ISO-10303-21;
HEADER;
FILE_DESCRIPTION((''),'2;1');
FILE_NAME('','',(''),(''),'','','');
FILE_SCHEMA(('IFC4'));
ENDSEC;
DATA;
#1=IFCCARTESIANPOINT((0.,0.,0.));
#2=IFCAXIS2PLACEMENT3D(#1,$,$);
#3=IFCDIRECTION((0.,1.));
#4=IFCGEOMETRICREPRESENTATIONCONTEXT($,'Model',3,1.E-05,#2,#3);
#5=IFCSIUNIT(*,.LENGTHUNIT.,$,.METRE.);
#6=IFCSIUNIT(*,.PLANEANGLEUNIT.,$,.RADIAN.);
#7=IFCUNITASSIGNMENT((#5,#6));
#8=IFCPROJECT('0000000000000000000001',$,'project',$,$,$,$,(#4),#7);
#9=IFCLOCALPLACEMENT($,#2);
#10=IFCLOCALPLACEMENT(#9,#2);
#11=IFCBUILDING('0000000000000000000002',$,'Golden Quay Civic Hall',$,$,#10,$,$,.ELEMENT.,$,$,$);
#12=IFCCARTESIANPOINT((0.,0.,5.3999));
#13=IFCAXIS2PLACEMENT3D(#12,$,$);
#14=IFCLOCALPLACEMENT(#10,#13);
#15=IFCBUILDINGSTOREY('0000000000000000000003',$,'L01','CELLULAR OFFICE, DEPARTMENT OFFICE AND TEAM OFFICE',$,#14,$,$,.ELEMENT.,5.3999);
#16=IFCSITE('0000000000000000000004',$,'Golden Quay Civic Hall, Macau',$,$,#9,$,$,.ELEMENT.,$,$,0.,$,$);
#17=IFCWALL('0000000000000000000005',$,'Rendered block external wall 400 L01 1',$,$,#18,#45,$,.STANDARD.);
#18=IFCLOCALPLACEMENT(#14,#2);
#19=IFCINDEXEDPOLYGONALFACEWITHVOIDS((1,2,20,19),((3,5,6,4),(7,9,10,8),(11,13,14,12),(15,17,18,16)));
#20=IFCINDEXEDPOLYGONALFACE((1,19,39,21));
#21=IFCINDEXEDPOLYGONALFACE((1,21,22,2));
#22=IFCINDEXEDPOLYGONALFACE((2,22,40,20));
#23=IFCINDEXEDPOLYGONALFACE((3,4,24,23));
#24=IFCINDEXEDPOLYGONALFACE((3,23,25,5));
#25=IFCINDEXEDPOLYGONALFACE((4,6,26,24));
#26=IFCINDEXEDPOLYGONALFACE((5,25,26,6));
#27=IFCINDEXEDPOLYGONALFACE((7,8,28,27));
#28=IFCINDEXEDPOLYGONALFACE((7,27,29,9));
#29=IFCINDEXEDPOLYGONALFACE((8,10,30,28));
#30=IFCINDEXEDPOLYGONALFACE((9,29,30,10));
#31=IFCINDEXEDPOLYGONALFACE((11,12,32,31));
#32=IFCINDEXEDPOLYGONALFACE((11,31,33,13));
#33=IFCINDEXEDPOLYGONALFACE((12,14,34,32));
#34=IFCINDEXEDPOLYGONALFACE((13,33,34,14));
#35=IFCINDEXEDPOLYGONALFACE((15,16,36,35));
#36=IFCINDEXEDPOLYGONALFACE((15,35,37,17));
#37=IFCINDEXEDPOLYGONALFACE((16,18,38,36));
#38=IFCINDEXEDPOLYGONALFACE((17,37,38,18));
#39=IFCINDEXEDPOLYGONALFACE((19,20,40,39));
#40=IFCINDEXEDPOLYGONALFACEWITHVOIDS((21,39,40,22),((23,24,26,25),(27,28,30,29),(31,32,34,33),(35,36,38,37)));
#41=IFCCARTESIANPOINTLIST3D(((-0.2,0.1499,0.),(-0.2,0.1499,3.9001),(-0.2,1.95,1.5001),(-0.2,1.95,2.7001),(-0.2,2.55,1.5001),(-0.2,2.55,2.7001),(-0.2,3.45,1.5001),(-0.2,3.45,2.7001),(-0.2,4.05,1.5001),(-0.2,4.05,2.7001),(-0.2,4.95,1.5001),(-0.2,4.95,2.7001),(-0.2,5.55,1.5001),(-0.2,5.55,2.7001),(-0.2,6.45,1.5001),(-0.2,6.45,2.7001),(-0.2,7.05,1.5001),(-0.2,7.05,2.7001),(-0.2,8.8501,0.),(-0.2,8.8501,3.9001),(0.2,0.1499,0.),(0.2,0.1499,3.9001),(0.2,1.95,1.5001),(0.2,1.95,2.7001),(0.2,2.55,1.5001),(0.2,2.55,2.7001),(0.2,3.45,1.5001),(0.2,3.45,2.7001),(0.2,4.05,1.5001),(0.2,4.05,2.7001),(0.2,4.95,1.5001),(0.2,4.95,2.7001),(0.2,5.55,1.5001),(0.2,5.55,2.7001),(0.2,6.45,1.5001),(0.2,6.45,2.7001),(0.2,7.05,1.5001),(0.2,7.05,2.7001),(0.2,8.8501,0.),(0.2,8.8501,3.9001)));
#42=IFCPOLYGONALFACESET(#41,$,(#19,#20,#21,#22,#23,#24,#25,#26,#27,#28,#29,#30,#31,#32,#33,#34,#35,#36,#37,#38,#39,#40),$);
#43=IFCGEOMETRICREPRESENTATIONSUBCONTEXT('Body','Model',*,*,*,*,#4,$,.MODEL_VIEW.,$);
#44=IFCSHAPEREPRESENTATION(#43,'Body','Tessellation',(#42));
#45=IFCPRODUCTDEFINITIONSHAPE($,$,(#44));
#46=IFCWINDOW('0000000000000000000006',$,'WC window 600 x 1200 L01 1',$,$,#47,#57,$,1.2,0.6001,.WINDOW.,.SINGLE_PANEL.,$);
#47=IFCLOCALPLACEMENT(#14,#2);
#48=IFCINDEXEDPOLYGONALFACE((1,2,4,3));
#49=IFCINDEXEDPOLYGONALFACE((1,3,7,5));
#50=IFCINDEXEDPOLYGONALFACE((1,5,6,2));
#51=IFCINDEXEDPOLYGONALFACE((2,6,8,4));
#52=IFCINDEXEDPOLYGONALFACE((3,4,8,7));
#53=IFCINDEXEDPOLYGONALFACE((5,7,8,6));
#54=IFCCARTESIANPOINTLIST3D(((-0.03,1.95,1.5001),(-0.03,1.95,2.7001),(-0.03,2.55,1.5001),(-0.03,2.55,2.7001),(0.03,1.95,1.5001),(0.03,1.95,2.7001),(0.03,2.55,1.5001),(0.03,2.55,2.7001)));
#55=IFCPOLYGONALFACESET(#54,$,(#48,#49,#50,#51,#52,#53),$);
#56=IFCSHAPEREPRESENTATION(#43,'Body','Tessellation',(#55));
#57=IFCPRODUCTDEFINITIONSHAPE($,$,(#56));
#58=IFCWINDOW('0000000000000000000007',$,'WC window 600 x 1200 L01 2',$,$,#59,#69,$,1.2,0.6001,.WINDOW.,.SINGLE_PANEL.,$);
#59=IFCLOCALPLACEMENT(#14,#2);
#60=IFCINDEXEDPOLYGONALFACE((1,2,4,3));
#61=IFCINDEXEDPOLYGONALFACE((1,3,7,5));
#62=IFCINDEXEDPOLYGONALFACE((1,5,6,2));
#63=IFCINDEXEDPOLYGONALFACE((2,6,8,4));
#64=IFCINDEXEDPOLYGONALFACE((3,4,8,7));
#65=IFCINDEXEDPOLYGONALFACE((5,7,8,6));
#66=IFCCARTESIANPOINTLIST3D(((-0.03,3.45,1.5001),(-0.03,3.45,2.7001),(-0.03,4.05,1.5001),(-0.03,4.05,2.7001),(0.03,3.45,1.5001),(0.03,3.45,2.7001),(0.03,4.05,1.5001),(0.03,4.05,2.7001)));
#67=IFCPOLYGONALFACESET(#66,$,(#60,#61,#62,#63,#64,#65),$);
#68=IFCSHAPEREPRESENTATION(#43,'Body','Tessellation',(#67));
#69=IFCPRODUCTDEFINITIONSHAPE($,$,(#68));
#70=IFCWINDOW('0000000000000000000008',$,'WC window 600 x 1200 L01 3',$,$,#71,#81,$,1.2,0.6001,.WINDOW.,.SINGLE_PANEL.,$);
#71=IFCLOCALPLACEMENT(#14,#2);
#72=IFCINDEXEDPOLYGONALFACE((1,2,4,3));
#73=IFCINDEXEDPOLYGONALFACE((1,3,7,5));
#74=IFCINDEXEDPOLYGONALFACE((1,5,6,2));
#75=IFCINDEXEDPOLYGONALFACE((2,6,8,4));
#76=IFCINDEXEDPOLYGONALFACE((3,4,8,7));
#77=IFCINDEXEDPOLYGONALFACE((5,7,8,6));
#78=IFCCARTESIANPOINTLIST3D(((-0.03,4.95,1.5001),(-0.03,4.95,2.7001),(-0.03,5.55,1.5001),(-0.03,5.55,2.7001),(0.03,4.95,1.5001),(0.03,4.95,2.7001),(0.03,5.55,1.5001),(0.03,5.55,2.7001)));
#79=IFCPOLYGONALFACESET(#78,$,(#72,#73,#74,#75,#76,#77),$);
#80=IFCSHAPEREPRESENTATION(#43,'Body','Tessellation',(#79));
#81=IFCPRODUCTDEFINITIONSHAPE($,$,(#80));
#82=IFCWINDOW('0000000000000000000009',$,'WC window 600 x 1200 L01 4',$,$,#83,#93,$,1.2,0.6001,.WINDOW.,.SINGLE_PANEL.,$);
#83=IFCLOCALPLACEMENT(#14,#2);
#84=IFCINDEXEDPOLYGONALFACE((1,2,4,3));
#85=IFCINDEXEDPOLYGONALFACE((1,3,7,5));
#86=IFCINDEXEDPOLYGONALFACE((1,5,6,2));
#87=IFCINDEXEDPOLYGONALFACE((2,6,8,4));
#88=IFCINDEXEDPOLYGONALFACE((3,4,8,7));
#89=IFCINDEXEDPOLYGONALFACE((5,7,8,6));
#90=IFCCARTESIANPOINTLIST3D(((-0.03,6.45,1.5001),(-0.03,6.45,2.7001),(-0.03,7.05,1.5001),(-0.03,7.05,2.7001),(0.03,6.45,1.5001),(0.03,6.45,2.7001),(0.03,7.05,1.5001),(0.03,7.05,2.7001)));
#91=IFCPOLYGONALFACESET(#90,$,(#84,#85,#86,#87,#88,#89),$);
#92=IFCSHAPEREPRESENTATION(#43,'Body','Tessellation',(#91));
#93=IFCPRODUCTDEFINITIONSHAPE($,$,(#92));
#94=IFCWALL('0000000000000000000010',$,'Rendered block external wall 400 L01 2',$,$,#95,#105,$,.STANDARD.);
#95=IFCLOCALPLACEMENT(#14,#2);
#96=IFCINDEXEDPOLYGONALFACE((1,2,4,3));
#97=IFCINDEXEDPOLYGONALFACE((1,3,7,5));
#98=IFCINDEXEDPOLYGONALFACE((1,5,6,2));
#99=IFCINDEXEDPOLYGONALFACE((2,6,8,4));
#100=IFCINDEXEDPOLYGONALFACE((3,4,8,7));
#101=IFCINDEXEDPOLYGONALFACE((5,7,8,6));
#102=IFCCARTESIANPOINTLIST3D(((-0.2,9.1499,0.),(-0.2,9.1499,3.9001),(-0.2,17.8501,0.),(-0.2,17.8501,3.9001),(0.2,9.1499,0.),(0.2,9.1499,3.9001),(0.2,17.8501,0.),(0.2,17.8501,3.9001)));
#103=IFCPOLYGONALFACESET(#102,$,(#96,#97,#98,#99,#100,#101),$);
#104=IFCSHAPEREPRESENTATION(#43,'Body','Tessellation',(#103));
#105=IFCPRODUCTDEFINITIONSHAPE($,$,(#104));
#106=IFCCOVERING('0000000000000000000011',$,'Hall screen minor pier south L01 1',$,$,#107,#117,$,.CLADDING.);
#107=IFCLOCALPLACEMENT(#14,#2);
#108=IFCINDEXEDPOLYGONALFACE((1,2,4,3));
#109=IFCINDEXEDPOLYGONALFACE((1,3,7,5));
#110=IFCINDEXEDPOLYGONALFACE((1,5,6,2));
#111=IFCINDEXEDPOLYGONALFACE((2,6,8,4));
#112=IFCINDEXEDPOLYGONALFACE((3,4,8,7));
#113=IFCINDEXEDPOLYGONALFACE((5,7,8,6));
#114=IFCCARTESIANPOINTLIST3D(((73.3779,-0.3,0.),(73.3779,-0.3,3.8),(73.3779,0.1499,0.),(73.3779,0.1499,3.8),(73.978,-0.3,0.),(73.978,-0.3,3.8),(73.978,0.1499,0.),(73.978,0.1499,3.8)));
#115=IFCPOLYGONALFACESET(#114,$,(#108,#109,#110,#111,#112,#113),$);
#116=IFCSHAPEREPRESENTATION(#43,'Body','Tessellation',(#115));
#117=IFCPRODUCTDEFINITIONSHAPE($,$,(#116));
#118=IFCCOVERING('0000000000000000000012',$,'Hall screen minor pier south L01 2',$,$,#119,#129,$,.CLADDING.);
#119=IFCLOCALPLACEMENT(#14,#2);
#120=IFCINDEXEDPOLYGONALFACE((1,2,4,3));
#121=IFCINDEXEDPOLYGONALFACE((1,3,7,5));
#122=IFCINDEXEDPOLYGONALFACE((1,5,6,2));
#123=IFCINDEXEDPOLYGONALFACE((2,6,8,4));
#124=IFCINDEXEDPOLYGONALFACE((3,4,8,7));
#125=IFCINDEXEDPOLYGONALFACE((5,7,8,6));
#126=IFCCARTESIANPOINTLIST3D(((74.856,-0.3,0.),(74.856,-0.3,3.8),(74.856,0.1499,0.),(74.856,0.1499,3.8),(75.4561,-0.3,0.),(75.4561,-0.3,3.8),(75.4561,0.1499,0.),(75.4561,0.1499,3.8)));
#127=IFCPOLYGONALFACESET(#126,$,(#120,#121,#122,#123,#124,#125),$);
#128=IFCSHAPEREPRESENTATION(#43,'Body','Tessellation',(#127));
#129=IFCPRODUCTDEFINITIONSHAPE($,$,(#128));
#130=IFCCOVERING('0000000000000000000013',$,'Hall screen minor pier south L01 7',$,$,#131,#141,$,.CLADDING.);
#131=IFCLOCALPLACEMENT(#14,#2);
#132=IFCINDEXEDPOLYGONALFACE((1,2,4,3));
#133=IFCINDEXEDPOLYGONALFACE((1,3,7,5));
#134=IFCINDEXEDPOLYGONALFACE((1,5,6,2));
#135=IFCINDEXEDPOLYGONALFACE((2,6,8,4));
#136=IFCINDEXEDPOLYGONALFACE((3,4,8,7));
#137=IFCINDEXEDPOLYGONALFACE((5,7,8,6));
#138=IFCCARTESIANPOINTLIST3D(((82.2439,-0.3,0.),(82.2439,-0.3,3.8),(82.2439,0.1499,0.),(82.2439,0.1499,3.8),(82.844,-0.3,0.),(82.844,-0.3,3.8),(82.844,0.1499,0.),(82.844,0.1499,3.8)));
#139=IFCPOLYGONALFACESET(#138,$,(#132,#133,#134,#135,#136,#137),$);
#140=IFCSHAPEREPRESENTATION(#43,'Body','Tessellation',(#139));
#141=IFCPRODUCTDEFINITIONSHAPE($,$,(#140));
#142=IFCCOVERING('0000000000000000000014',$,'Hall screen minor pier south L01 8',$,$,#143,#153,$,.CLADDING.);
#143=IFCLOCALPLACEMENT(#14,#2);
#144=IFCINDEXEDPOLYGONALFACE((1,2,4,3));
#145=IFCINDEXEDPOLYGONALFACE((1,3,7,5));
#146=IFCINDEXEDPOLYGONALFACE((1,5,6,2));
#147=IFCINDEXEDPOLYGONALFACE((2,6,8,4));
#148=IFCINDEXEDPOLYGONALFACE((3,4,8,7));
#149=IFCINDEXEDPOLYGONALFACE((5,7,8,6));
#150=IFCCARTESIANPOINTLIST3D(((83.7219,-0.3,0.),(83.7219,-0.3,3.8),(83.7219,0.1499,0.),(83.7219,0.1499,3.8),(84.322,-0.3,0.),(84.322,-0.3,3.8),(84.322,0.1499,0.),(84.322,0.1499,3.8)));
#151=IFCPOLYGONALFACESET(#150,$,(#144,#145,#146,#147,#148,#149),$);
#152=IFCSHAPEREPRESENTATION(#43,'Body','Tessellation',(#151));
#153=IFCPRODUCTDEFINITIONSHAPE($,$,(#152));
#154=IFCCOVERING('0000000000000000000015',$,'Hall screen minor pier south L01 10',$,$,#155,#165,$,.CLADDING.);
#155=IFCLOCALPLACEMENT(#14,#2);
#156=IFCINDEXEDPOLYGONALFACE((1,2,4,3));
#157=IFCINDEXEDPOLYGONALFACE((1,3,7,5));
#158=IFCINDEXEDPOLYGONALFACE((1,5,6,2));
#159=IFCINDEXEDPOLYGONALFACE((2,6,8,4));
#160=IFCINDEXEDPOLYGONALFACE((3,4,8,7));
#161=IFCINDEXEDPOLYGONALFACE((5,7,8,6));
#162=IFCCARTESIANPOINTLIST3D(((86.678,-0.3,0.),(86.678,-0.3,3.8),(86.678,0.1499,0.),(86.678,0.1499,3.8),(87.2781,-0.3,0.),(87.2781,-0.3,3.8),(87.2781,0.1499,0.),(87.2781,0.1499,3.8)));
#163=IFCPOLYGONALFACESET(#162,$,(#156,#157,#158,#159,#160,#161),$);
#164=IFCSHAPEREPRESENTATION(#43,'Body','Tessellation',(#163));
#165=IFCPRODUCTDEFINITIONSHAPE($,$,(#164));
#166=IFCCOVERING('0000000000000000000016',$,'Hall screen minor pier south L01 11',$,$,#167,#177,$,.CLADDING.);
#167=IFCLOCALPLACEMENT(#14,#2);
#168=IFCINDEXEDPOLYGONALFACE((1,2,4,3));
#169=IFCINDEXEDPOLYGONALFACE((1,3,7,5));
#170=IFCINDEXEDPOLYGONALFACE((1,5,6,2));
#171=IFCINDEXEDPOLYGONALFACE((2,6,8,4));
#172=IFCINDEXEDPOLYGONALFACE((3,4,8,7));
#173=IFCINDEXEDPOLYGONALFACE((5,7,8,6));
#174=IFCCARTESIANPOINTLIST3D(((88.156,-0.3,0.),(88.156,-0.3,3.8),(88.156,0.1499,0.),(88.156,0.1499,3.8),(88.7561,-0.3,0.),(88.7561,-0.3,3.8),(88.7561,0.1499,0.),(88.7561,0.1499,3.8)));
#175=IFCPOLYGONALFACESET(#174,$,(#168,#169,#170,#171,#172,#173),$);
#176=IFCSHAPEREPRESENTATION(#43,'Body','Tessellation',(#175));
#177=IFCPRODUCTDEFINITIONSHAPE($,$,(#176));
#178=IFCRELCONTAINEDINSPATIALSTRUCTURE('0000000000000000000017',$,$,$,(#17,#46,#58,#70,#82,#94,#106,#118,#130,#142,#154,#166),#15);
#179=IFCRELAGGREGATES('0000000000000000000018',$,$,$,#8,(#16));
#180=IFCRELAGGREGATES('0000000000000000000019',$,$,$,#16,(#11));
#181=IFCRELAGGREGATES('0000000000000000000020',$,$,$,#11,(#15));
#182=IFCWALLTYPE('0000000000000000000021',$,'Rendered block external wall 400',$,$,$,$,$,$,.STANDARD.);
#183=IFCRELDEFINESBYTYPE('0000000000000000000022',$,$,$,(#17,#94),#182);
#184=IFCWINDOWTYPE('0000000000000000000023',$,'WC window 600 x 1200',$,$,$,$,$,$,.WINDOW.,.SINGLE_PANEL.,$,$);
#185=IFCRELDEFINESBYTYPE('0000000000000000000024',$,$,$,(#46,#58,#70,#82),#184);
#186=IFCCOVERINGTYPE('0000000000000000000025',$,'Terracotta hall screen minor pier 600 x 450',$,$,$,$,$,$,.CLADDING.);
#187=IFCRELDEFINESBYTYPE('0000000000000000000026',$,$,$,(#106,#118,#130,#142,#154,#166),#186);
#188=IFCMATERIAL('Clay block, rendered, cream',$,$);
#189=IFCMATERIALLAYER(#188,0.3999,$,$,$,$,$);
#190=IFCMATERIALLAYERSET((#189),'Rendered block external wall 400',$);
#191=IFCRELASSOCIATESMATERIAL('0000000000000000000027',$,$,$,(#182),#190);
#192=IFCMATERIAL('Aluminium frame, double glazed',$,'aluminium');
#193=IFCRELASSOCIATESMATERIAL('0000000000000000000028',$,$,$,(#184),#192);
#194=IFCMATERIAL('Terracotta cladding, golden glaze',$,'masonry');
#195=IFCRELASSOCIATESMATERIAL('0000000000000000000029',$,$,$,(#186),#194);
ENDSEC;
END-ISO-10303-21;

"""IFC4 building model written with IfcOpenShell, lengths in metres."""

from ifc_helpers import new_model, si_unit, direction, frame, frame_2d, origin, place, context, subcontext, project, spatial, polyline, rectangle, outline, extrude, material, layer, layer_set, type_object, element, fill, save


model = new_model("IFC4")

# Units and contexts
model_context = context("Model", 3, precision=1e-05, world=origin(), true_north=direction((0.0, 1.0)))
body_context = subcontext(model_context, "Body", "Model", "MODEL_VIEW")
ifc_project = project(units=[si_unit("LENGTHUNIT", "METRE"), si_unit("PLANEANGLEUNIT", "RADIAN")], contexts=[model_context])

# Site, building, storey
site_placement = place(None, origin())
site = spatial("IfcSite", under=ifc_project, at=site_placement, Name="Golden Quay Civic Hall, Macau", CompositionType="ELEMENT", RefElevation=0.0)
building_placement = place(site_placement, origin())
building = spatial("IfcBuilding", under=site, at=building_placement, Name="Golden Quay Civic Hall", CompositionType="ELEMENT")
storey_placement = place(building_placement, frame((0.0, 0.0, 5.3999)))
storey = spatial("IfcBuildingStorey", under=building, at=storey_placement, Name="L01", Description="CELLULAR OFFICE, DEPARTMENT OFFICE AND TEAM OFFICE", CompositionType="ELEMENT", Elevation=5.3999)

# Wall, openings, windows
ifc_material_1 = material(Name="Clay block, rendered, cream")
ifc_layer_1 = layer(ifc_material_1, 0.3999)
ifc_layer_set_1 = layer_set([ifc_layer_1], Name="Rendered block external wall 400")
wall_type = type_object("IfcWallType", Name="Rendered block external wall 400", PredefinedType="STANDARD", material=ifc_layer_set_1)
wall_1_placement = place(storey_placement, frame((0.0, 0.1499, 0.0), z_axis=(0.0, 0.0, 1.0), x_axis=(0.0, 1.0, 0.0)))
wall_1 = element("IfcWall", 1, at=wall_1_placement, inside=storey, type_object=wall_type, Name="Rendered block external wall 400 L01 1", PredefinedType="STANDARD", context=body_context, shape_type="SweptSolid", body=[
    extrude(rectangle(XDim=8.7002, YDim=0.3999, at=frame_2d((4.3501, 0.0))), origin(), (0.0, 0.0, 1.0), 3.9001),
])
opening_1_placement = place(wall_1_placement, frame((1.8, 0.0, 1.5)))
opening_1 = element("IfcOpeningElement", 2, at=opening_1_placement, cuts=wall_1, PredefinedType="OPENING", context=body_context, shape_type="SweptSolid", body=[
    extrude(rectangle(XDim=0.6001, YDim=1.2, at=frame_2d((0.3, 0.6001))), frame((0.0, 0.21, 0.0), z_axis=(0.0, -1.0, 0.0), x_axis=(1.0, 0.0, 0.0)), (0.0, 0.0, 1.0), 0.4199),
])
opening_2_placement = place(wall_1_placement, frame((3.3, 0.0, 1.5)))
opening_2 = element("IfcOpeningElement", 3, at=opening_2_placement, cuts=wall_1, PredefinedType="OPENING", context=body_context, shape_type="SweptSolid", body=[
    extrude(rectangle(XDim=0.6001, YDim=1.2, at=frame_2d((0.3, 0.6001))), frame((0.0, 0.21, 0.0), z_axis=(0.0, -1.0, 0.0), x_axis=(1.0, 0.0, 0.0)), (0.0, 0.0, 1.0), 0.4199),
])
opening_3_placement = place(wall_1_placement, frame((4.8, 0.0, 1.5)))
opening_3 = element("IfcOpeningElement", 4, at=opening_3_placement, cuts=wall_1, PredefinedType="OPENING", context=body_context, shape_type="SweptSolid", body=[
    extrude(rectangle(XDim=0.6001, YDim=1.2, at=frame_2d((0.3, 0.6001))), frame((0.0, 0.21, 0.0), z_axis=(0.0, -1.0, 0.0), x_axis=(1.0, 0.0, 0.0)), (0.0, 0.0, 1.0), 0.4199),
])
opening_4_placement = place(wall_1_placement, frame((6.3, 0.0, 1.5)))
opening_4 = element("IfcOpeningElement", 5, at=opening_4_placement, cuts=wall_1, PredefinedType="OPENING", context=body_context, shape_type="SweptSolid", body=[
    extrude(rectangle(XDim=0.6001, YDim=1.2, at=frame_2d((0.3, 0.6001))), frame((0.0, 0.21, 0.0), z_axis=(0.0, -1.0, 0.0), x_axis=(1.0, 0.0, 0.0)), (0.0, 0.0, 1.0), 0.4199),
])
ifc_material_2 = material(Name="Aluminium frame, double glazed", Category="aluminium")
window_type = type_object("IfcWindowType", Name="WC window 600 x 1200", PartitioningType="SINGLE_PANEL", PredefinedType="WINDOW", material=ifc_material_2)
window_1_placement = place(opening_1_placement, origin())
window_1 = element("IfcWindow", 6, at=window_1_placement, inside=storey, type_object=window_type, Name="WC window 600 x 1200 L01 1", OverallHeight=1.2, OverallWidth=0.6001, PartitioningType="SINGLE_PANEL", PredefinedType="WINDOW", context=body_context, shape_type="SweptSolid", body=[
    extrude(rectangle(XDim=0.6001, YDim=1.2, at=frame_2d((0.3, 0.6001))), frame((0.0, 0.03, 0.0), z_axis=(0.0, -1.0, 0.0), x_axis=(1.0, 0.0, 0.0)), (0.0, 0.0, 1.0), 0.0601),
])
fill(opening_1, window_1)
window_2_placement = place(opening_2_placement, origin())
window_2 = element("IfcWindow", 7, at=window_2_placement, inside=storey, type_object=window_type, Name="WC window 600 x 1200 L01 2", OverallHeight=1.2, OverallWidth=0.6001, PartitioningType="SINGLE_PANEL", PredefinedType="WINDOW", context=body_context, shape_type="SweptSolid", body=[
    extrude(rectangle(XDim=0.6001, YDim=1.2, at=frame_2d((0.3, 0.6001))), frame((0.0, 0.03, 0.0), z_axis=(0.0, -1.0, 0.0), x_axis=(1.0, 0.0, 0.0)), (0.0, 0.0, 1.0), 0.0601),
])
fill(opening_2, window_2)
window_3_placement = place(opening_3_placement, origin())
window_3 = element("IfcWindow", 8, at=window_3_placement, inside=storey, type_object=window_type, Name="WC window 600 x 1200 L01 3", OverallHeight=1.2, OverallWidth=0.6001, PartitioningType="SINGLE_PANEL", PredefinedType="WINDOW", context=body_context, shape_type="SweptSolid", body=[
    extrude(rectangle(XDim=0.6001, YDim=1.2, at=frame_2d((0.3, 0.6001))), frame((0.0, 0.03, 0.0), z_axis=(0.0, -1.0, 0.0), x_axis=(1.0, 0.0, 0.0)), (0.0, 0.0, 1.0), 0.0601),
])
fill(opening_3, window_3)
window_4_placement = place(opening_4_placement, origin())
window_4 = element("IfcWindow", 9, at=window_4_placement, inside=storey, type_object=window_type, Name="WC window 600 x 1200 L01 4", OverallHeight=1.2, OverallWidth=0.6001, PartitioningType="SINGLE_PANEL", PredefinedType="WINDOW", context=body_context, shape_type="SweptSolid", body=[
    extrude(rectangle(XDim=0.6001, YDim=1.2, at=frame_2d((0.3, 0.6001))), frame((0.0, 0.03, 0.0), z_axis=(0.0, -1.0, 0.0), x_axis=(1.0, 0.0, 0.0)), (0.0, 0.0, 1.0), 0.0601),
])
fill(opening_4, window_4)

# Wall
wall_2_placement = place(storey_placement, frame((0.0, 9.1499, 0.0), z_axis=(0.0, 0.0, 1.0), x_axis=(0.0, 1.0, 0.0)))
element("IfcWall", 10, at=wall_2_placement, inside=storey, type_object=wall_type, Name="Rendered block external wall 400 L01 2", PredefinedType="STANDARD", context=body_context, shape_type="SweptSolid", body=[
    extrude(rectangle(XDim=8.7002, YDim=0.3999, at=frame_2d((4.3501, 0.0))), origin(), (0.0, 0.0, 1.0), 3.9001),
])

# Coverings
ifc_material_3 = material(Name="Terracotta cladding, golden glaze", Category="masonry")
covering_type_1 = type_object("IfcCoveringType", Name="Terracotta hall screen minor pier 600 x 450", PredefinedType="CLADDING", material=ifc_material_3)
covering_1_placement = place(storey_placement, origin())
element("IfcCovering", 11, at=covering_1_placement, inside=storey, type_object=covering_type_1, Name="Hall screen minor pier south L01 1", PredefinedType="CLADDING", context=body_context, shape_type="SweptSolid", body=[
    extrude(outline(polyline([(73.3779, -0.3), (73.978, -0.3), (73.978, 0.1499), (73.3779, 0.1499), (73.3779, -0.3)])), origin(), (0.0, 0.0, 1.0), 3.8),
])
covering_2_placement = place(storey_placement, origin())
element("IfcCovering", 12, at=covering_2_placement, inside=storey, type_object=covering_type_1, Name="Hall screen minor pier south L01 2", PredefinedType="CLADDING", context=body_context, shape_type="SweptSolid", body=[
    extrude(outline(polyline([(74.856, -0.3), (75.4561, -0.3), (75.4561, 0.1499), (74.856, 0.1499), (74.856, -0.3)])), origin(), (0.0, 0.0, 1.0), 3.8),
])
covering_3_placement = place(storey_placement, origin())
element("IfcCovering", 13, at=covering_3_placement, inside=storey, type_object=covering_type_1, Name="Hall screen minor pier south L01 7", PredefinedType="CLADDING", context=body_context, shape_type="SweptSolid", body=[
    extrude(outline(polyline([(82.2439, -0.3), (82.844, -0.3), (82.844, 0.1499), (82.2439, 0.1499), (82.2439, -0.3)])), origin(), (0.0, 0.0, 1.0), 3.8),
])
covering_4_placement = place(storey_placement, origin())
element("IfcCovering", 14, at=covering_4_placement, inside=storey, type_object=covering_type_1, Name="Hall screen minor pier south L01 8", PredefinedType="CLADDING", context=body_context, shape_type="SweptSolid", body=[
    extrude(outline(polyline([(83.7219, -0.3), (84.322, -0.3), (84.322, 0.1499), (83.7219, 0.1499), (83.7219, -0.3)])), origin(), (0.0, 0.0, 1.0), 3.8),
])
covering_5_placement = place(storey_placement, origin())
element("IfcCovering", 15, at=covering_5_placement, inside=storey, type_object=covering_type_1, Name="Hall screen minor pier south L01 10", PredefinedType="CLADDING", context=body_context, shape_type="SweptSolid", body=[
    extrude(outline(polyline([(86.678, -0.3), (87.2781, -0.3), (87.2781, 0.1499), (86.678, 0.1499), (86.678, -0.3)])), origin(), (0.0, 0.0, 1.0), 3.8),
])
covering_6_placement = place(storey_placement, origin())
element("IfcCovering", 16, at=covering_6_placement, inside=storey, type_object=covering_type_1, Name="Hall screen minor pier south L01 11", PredefinedType="CLADDING", context=body_context, shape_type="SweptSolid", body=[
    extrude(outline(polyline([(88.156, -0.3), (88.7561, -0.3), (88.7561, 0.1499), (88.156, 0.1499), (88.156, -0.3)])), origin(), (0.0, 0.0, 1.0), 3.8),
])

save(model, "model.ifc")
